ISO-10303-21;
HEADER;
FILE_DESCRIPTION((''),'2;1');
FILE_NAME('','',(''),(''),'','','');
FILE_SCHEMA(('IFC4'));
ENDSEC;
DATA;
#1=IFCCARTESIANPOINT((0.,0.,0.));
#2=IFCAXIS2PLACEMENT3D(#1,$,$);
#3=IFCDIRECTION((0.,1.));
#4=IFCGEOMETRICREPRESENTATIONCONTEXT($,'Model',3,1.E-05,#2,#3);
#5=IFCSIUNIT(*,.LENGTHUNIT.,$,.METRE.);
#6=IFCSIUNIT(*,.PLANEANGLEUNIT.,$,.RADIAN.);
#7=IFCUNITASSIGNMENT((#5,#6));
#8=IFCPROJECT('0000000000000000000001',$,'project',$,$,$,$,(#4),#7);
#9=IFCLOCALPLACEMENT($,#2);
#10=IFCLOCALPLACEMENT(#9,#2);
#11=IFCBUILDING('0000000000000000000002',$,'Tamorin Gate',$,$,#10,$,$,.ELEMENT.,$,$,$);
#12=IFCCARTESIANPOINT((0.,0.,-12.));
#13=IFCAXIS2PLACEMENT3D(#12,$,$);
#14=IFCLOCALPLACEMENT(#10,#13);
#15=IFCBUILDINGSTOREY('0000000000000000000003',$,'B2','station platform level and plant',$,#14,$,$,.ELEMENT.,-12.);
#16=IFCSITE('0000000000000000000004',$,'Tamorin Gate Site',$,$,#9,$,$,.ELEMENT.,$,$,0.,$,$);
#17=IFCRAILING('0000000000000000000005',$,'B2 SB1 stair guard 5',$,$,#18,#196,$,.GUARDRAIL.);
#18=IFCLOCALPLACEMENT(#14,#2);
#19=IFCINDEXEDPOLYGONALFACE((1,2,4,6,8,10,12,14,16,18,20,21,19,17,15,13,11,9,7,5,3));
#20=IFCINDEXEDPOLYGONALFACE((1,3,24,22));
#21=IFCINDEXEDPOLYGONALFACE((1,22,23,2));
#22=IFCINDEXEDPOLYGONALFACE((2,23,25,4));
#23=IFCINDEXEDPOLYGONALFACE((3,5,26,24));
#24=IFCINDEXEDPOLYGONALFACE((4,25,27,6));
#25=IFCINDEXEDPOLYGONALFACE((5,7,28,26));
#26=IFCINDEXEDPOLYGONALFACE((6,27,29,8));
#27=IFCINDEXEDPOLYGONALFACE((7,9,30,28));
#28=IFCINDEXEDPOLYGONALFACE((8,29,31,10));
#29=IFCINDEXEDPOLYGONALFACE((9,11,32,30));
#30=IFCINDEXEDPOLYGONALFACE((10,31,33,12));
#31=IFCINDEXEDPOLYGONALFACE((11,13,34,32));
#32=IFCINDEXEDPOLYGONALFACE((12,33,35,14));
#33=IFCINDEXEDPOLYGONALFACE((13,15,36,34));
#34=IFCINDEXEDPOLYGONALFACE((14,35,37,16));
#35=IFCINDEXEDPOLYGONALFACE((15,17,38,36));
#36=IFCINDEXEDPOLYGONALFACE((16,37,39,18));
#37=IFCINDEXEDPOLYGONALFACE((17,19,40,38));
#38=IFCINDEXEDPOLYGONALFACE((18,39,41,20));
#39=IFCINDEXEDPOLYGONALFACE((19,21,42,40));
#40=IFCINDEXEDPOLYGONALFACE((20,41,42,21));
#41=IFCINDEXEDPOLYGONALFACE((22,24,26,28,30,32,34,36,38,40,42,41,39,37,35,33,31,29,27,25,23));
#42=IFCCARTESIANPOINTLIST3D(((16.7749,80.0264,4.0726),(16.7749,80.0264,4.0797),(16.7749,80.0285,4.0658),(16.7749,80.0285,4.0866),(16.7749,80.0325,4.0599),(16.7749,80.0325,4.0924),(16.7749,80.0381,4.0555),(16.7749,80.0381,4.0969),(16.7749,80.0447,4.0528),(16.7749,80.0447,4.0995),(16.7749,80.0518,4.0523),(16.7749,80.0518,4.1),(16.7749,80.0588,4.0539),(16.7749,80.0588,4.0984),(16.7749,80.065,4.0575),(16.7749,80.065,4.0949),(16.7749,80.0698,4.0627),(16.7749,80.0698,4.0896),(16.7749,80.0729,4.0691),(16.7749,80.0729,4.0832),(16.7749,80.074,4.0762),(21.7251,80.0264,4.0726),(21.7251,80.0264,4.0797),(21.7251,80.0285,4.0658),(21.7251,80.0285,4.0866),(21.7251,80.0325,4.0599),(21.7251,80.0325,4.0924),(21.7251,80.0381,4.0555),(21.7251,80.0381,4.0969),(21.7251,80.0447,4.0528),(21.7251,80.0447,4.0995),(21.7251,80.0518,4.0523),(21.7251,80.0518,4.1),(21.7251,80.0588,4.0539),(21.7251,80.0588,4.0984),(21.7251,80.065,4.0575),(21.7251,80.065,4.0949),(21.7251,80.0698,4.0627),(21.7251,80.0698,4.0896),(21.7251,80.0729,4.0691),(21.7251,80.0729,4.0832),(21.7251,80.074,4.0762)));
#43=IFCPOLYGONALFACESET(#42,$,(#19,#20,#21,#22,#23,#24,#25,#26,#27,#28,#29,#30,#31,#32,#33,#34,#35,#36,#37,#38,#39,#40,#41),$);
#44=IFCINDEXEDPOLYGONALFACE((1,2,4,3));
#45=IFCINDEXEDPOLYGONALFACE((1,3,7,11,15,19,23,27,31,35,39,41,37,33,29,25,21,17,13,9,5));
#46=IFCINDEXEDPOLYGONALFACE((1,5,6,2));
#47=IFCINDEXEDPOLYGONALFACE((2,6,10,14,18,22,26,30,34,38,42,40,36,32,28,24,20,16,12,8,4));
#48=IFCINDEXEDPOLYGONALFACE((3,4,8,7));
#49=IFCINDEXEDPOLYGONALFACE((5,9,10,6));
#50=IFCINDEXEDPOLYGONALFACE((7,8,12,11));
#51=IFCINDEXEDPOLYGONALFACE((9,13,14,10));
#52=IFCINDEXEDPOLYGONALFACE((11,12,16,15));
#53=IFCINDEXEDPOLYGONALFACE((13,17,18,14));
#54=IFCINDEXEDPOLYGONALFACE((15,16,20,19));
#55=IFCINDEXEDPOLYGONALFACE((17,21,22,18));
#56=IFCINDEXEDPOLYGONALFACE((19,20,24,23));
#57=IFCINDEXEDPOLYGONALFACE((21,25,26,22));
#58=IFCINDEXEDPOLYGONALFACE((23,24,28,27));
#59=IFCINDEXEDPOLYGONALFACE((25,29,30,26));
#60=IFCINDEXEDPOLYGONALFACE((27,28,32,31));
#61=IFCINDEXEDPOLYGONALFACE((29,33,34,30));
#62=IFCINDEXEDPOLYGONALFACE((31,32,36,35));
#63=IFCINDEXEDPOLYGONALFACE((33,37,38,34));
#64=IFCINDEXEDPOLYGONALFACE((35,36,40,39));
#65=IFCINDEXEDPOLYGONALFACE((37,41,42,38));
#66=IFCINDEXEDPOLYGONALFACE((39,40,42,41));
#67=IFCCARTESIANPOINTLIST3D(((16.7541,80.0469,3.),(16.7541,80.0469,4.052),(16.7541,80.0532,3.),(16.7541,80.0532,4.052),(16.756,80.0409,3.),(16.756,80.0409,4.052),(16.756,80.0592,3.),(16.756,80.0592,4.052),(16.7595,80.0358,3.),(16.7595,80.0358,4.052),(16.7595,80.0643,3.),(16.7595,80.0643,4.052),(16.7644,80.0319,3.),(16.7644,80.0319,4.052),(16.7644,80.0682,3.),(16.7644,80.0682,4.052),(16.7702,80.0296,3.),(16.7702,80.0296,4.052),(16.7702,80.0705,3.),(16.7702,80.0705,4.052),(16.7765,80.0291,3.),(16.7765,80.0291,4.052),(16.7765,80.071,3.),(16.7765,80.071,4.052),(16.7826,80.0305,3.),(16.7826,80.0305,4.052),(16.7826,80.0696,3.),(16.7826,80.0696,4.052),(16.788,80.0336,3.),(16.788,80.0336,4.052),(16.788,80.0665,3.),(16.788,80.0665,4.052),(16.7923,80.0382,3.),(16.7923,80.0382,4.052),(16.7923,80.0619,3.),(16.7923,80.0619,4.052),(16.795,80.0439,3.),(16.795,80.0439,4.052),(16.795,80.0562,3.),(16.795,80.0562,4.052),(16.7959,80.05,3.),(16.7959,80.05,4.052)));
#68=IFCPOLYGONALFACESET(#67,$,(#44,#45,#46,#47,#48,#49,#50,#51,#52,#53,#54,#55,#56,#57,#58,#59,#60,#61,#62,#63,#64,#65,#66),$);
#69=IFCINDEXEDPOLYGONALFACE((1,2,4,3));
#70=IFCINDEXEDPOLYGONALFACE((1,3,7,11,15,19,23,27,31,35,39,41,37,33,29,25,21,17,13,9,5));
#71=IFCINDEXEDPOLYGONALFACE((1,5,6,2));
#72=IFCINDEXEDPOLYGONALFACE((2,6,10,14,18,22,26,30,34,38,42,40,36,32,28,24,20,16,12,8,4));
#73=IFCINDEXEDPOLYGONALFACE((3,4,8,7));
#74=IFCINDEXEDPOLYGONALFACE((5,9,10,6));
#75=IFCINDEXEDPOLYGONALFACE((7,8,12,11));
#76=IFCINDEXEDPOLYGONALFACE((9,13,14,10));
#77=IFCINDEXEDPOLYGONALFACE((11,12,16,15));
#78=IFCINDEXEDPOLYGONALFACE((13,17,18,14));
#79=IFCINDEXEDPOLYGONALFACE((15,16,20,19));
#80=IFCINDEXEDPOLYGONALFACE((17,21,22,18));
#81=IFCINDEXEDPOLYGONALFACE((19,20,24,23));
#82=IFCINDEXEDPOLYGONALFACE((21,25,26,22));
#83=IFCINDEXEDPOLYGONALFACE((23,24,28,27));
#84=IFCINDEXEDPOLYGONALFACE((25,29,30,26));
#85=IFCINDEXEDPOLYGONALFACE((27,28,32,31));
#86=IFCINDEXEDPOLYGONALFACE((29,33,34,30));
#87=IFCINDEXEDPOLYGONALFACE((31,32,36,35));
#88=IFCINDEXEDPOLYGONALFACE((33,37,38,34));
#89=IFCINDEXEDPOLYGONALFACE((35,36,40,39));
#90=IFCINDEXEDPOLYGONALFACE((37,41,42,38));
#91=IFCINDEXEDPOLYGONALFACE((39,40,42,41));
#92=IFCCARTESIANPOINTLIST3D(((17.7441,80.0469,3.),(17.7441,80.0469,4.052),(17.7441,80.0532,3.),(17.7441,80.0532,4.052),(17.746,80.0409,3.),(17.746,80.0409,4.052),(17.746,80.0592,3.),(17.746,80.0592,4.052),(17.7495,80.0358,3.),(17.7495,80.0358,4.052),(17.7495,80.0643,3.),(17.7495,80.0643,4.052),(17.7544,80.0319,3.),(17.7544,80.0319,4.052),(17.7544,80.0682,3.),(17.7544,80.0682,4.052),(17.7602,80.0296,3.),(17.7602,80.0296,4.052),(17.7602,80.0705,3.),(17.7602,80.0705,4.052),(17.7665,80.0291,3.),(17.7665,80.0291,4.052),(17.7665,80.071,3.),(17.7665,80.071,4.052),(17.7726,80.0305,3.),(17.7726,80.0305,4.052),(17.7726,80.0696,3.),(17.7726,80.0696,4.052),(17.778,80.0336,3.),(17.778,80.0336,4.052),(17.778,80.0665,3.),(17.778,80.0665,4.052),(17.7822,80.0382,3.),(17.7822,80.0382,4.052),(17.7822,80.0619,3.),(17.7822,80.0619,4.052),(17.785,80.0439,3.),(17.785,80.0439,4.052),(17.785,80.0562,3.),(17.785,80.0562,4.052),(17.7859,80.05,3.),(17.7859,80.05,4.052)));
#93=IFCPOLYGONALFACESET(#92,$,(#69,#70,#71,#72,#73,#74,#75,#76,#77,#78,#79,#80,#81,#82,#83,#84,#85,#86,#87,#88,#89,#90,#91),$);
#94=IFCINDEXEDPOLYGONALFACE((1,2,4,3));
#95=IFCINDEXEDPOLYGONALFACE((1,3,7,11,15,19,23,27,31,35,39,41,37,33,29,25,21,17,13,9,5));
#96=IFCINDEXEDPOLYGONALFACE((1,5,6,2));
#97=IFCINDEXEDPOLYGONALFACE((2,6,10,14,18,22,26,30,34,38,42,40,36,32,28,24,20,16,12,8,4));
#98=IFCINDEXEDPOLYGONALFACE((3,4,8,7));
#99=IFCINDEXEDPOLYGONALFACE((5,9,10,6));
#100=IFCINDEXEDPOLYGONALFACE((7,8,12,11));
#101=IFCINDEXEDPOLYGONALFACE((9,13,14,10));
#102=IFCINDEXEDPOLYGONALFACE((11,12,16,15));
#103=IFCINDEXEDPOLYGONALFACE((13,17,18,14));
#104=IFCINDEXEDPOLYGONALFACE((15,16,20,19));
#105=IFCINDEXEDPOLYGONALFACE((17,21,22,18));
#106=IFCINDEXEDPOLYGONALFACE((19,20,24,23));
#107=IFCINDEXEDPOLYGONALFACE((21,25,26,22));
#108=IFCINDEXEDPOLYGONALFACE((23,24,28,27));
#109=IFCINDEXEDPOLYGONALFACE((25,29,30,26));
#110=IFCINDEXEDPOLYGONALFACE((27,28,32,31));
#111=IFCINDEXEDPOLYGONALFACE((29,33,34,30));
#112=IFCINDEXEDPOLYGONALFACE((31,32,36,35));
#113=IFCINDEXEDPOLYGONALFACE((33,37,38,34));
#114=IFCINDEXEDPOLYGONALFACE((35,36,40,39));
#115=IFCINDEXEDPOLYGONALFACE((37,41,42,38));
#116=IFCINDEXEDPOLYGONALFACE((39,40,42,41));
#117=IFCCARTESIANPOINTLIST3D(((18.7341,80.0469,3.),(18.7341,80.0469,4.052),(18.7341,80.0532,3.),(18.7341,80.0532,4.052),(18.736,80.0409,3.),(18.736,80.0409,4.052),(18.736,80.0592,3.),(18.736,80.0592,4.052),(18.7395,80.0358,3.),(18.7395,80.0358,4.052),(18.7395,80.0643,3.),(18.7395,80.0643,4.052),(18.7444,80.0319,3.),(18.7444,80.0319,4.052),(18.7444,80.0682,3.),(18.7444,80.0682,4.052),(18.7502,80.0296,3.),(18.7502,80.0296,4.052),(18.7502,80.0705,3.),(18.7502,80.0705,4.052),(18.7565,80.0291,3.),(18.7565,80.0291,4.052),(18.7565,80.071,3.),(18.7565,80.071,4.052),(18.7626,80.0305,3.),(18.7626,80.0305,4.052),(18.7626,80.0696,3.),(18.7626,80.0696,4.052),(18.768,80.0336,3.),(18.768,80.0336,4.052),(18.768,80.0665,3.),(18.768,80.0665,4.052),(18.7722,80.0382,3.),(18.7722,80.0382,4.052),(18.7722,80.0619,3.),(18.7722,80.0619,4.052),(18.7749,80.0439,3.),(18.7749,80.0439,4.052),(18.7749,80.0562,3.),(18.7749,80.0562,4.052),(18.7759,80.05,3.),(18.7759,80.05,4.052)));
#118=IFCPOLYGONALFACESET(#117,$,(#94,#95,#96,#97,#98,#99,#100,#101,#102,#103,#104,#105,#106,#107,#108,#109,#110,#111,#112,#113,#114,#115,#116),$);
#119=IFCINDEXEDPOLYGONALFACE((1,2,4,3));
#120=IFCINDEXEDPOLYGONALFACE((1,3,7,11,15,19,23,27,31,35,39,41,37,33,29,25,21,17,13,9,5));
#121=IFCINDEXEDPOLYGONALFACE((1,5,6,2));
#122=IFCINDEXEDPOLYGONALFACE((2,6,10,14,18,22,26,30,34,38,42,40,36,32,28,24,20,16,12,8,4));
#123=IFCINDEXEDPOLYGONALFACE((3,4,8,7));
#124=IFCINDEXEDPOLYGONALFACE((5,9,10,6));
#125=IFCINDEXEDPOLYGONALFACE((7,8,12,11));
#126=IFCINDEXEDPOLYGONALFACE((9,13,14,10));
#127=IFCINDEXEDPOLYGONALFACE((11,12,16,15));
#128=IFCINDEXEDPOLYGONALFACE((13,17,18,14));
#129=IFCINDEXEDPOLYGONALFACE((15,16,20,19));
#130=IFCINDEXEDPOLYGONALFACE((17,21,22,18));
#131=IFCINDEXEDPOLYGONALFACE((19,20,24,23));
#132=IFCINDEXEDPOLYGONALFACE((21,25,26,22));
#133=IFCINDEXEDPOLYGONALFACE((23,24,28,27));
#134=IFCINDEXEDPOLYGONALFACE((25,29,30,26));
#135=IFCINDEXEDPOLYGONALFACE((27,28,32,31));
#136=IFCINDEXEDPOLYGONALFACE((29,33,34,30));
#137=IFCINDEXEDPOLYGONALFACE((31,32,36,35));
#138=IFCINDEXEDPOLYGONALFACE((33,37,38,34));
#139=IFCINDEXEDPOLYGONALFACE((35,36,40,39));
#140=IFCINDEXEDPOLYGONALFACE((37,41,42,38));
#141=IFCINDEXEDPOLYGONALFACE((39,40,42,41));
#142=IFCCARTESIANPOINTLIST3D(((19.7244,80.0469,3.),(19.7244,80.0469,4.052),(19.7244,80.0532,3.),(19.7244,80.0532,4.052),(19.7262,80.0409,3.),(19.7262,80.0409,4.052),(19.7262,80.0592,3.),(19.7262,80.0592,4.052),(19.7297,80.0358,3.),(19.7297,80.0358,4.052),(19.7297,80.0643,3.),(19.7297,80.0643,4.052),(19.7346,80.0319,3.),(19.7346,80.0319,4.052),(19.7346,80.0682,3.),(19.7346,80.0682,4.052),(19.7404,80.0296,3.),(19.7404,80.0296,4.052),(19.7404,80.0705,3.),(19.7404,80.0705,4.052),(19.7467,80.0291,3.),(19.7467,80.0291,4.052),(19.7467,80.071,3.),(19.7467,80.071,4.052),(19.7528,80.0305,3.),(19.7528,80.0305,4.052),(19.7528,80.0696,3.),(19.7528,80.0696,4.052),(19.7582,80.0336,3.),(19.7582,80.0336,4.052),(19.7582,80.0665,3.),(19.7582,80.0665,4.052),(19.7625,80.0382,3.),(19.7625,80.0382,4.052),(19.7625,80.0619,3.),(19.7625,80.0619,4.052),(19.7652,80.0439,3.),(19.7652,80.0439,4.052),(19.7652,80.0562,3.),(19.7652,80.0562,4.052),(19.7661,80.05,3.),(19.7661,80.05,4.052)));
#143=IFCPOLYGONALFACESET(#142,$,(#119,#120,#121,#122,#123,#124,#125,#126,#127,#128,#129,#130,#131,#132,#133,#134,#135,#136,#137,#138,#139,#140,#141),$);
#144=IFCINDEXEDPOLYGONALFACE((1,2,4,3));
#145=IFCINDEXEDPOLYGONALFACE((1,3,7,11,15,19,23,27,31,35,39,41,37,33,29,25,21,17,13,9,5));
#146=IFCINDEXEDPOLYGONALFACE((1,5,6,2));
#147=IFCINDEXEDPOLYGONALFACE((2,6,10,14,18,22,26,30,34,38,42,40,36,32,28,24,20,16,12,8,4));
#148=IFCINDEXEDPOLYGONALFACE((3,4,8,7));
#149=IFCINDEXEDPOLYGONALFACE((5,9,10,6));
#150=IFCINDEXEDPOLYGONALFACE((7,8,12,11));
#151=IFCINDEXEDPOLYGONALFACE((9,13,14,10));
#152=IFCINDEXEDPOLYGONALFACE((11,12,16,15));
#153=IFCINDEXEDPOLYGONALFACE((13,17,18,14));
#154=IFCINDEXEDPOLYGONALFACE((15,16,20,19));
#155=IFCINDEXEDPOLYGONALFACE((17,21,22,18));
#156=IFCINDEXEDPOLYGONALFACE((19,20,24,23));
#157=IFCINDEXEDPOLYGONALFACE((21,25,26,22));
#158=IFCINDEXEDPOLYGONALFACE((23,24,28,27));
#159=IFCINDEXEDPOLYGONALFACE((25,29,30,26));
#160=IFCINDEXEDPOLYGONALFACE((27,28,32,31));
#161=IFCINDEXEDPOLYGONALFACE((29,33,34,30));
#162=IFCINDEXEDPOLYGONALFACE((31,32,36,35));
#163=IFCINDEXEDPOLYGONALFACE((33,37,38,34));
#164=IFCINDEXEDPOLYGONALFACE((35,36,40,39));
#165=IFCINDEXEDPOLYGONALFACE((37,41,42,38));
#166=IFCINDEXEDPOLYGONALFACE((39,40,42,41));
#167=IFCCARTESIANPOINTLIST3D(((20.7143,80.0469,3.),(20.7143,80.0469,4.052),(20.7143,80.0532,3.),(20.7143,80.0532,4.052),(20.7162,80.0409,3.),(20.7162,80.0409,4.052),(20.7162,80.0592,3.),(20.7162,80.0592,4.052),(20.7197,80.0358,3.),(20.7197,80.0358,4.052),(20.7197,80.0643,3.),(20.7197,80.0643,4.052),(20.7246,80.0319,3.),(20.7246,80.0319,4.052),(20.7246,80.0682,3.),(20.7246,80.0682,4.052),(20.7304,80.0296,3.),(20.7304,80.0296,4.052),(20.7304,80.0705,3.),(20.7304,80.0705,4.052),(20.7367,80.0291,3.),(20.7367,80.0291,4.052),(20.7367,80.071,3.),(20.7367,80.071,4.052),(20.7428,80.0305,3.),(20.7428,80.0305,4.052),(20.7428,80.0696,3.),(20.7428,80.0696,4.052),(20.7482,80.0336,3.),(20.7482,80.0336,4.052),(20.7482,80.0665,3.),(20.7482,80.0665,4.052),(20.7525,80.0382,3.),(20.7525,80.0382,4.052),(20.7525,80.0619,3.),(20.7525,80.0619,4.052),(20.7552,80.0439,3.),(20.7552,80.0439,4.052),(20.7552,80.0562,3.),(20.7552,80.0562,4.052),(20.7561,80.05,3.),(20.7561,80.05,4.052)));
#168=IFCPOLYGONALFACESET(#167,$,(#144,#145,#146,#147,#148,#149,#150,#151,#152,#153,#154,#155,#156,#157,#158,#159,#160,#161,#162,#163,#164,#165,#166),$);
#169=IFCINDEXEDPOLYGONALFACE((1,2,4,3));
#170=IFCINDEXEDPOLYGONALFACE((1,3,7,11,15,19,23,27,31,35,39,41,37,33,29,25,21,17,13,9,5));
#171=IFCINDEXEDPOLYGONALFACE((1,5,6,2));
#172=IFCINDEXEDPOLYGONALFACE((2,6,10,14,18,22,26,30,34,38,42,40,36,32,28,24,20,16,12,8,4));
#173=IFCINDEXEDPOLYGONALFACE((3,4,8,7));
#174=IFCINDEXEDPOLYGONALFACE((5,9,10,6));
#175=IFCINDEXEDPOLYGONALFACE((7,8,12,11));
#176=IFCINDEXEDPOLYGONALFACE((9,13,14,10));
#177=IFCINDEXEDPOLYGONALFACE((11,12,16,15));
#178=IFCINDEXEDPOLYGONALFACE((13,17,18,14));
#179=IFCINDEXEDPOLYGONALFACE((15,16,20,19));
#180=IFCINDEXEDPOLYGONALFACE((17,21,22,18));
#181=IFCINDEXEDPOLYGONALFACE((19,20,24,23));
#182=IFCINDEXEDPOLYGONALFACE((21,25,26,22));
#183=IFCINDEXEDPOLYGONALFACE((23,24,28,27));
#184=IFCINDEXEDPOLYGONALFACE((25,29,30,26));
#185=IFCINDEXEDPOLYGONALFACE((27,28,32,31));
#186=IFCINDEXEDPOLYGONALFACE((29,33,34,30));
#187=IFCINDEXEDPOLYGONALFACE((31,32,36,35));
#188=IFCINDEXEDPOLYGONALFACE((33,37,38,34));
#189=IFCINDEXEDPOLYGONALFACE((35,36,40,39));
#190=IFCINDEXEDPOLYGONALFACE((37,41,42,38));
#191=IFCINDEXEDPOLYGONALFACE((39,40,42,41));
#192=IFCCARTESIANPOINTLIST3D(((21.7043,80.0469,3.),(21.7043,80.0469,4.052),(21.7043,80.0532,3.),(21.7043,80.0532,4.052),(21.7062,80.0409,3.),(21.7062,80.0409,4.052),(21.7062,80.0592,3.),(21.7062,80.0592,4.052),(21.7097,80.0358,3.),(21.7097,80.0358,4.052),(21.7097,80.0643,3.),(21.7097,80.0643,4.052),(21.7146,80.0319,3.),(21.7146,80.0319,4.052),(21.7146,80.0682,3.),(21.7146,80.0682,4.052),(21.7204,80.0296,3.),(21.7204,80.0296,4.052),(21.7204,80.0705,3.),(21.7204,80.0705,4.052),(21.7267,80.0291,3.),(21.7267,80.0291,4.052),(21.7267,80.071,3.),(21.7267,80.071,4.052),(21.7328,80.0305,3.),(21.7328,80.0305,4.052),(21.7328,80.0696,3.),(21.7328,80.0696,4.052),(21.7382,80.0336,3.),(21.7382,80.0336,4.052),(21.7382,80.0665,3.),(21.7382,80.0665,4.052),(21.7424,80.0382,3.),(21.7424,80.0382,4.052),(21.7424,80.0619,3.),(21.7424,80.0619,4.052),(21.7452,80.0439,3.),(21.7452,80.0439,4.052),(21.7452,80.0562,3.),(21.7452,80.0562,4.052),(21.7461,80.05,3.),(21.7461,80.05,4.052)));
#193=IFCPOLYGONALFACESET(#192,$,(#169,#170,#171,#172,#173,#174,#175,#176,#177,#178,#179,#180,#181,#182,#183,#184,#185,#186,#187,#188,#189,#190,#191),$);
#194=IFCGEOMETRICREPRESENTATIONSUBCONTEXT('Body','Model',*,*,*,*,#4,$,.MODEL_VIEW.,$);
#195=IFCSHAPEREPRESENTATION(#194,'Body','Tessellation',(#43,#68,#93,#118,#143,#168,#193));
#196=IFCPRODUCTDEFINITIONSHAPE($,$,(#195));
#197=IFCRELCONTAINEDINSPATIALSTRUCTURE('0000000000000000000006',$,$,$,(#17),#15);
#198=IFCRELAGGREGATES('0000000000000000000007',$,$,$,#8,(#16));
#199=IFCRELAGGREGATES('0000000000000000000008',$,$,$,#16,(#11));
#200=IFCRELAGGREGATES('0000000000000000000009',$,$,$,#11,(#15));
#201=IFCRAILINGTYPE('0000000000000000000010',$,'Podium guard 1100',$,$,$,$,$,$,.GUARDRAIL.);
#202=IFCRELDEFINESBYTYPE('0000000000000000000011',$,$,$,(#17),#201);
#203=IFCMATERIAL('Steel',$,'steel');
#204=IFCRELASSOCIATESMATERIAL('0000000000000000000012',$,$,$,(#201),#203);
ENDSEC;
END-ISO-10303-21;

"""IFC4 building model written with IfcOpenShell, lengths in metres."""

from ifc_helpers import new_model, si_unit, direction, frame, origin, origin_2d, place, context, subcontext, project, spatial, circle, extrude, material, type_object, element, save


model = new_model("IFC4")

# Units and contexts
model_context = context("Model", 3, precision=1e-05, world=origin(), true_north=direction((0.0, 1.0)))
body_context = subcontext(model_context, "Body", "Model", "MODEL_VIEW")
ifc_project = project(units=[si_unit("LENGTHUNIT", "METRE"), si_unit("PLANEANGLEUNIT", "RADIAN")], contexts=[model_context])

# Site, building, storey
site_placement = place(None, origin())
site = spatial("IfcSite", under=ifc_project, at=site_placement, Name="Tamorin Gate Site", CompositionType="ELEMENT", RefElevation=0.0)
building_placement = place(site_placement, origin())
building = spatial("IfcBuilding", under=site, at=building_placement, Name="Tamorin Gate", CompositionType="ELEMENT")
storey_placement = place(building_placement, frame((0.0, 0.0, -12.0)))
storey = spatial("IfcBuildingStorey", under=building, at=storey_placement, Name="B2", Description="station platform level and plant", CompositionType="ELEMENT", Elevation=-12.0)

# Railing
ifc_material_1 = material(Name="Steel", Category="steel")
railing_type_1 = type_object("IfcRailingType", Name="Podium guard 1100", PredefinedType="GUARDRAIL", material=ifc_material_1)
railing_1_placement = place(storey_placement, frame((16.7749, 80.05, 3.0)))
element("IfcRailing", 1, at=railing_1_placement, inside=storey, type_object=railing_type_1, Name="B2 SB1 stair guard 5", PredefinedType="GUARDRAIL", context=body_context, shape_type="SweptSolid", body=[
    extrude(circle(Radius=0.0239, at=origin_2d()), frame((0.0, 0.0, 1.0762), z_axis=(1.0, 0.0, 0.0), x_axis=(0.0, 1.0, 0.0)), (0.0, 0.0, 1.0), 4.9502),
    extrude(circle(Radius=0.021, at=origin_2d()), origin(), (0.0, 0.0, 1.0), 1.052),
    extrude(circle(Radius=0.021, at=origin_2d()), frame((0.99, 0.0, 0.0)), (0.0, 0.0, 1.0), 1.052),
    extrude(circle(Radius=0.021, at=origin_2d()), frame((1.98, 0.0, 0.0)), (0.0, 0.0, 1.0), 1.052),
    extrude(circle(Radius=0.021, at=origin_2d()), frame((2.9702, 0.0, 0.0)), (0.0, 0.0, 1.0), 1.052),
    extrude(circle(Radius=0.021, at=origin_2d()), frame((3.9602, 0.0, 0.0)), (0.0, 0.0, 1.0), 1.052),
    extrude(circle(Radius=0.021, at=origin_2d()), frame((4.9502, 0.0, 0.0)), (0.0, 0.0, 1.0), 1.052),
])

save(model, "model.ifc")
